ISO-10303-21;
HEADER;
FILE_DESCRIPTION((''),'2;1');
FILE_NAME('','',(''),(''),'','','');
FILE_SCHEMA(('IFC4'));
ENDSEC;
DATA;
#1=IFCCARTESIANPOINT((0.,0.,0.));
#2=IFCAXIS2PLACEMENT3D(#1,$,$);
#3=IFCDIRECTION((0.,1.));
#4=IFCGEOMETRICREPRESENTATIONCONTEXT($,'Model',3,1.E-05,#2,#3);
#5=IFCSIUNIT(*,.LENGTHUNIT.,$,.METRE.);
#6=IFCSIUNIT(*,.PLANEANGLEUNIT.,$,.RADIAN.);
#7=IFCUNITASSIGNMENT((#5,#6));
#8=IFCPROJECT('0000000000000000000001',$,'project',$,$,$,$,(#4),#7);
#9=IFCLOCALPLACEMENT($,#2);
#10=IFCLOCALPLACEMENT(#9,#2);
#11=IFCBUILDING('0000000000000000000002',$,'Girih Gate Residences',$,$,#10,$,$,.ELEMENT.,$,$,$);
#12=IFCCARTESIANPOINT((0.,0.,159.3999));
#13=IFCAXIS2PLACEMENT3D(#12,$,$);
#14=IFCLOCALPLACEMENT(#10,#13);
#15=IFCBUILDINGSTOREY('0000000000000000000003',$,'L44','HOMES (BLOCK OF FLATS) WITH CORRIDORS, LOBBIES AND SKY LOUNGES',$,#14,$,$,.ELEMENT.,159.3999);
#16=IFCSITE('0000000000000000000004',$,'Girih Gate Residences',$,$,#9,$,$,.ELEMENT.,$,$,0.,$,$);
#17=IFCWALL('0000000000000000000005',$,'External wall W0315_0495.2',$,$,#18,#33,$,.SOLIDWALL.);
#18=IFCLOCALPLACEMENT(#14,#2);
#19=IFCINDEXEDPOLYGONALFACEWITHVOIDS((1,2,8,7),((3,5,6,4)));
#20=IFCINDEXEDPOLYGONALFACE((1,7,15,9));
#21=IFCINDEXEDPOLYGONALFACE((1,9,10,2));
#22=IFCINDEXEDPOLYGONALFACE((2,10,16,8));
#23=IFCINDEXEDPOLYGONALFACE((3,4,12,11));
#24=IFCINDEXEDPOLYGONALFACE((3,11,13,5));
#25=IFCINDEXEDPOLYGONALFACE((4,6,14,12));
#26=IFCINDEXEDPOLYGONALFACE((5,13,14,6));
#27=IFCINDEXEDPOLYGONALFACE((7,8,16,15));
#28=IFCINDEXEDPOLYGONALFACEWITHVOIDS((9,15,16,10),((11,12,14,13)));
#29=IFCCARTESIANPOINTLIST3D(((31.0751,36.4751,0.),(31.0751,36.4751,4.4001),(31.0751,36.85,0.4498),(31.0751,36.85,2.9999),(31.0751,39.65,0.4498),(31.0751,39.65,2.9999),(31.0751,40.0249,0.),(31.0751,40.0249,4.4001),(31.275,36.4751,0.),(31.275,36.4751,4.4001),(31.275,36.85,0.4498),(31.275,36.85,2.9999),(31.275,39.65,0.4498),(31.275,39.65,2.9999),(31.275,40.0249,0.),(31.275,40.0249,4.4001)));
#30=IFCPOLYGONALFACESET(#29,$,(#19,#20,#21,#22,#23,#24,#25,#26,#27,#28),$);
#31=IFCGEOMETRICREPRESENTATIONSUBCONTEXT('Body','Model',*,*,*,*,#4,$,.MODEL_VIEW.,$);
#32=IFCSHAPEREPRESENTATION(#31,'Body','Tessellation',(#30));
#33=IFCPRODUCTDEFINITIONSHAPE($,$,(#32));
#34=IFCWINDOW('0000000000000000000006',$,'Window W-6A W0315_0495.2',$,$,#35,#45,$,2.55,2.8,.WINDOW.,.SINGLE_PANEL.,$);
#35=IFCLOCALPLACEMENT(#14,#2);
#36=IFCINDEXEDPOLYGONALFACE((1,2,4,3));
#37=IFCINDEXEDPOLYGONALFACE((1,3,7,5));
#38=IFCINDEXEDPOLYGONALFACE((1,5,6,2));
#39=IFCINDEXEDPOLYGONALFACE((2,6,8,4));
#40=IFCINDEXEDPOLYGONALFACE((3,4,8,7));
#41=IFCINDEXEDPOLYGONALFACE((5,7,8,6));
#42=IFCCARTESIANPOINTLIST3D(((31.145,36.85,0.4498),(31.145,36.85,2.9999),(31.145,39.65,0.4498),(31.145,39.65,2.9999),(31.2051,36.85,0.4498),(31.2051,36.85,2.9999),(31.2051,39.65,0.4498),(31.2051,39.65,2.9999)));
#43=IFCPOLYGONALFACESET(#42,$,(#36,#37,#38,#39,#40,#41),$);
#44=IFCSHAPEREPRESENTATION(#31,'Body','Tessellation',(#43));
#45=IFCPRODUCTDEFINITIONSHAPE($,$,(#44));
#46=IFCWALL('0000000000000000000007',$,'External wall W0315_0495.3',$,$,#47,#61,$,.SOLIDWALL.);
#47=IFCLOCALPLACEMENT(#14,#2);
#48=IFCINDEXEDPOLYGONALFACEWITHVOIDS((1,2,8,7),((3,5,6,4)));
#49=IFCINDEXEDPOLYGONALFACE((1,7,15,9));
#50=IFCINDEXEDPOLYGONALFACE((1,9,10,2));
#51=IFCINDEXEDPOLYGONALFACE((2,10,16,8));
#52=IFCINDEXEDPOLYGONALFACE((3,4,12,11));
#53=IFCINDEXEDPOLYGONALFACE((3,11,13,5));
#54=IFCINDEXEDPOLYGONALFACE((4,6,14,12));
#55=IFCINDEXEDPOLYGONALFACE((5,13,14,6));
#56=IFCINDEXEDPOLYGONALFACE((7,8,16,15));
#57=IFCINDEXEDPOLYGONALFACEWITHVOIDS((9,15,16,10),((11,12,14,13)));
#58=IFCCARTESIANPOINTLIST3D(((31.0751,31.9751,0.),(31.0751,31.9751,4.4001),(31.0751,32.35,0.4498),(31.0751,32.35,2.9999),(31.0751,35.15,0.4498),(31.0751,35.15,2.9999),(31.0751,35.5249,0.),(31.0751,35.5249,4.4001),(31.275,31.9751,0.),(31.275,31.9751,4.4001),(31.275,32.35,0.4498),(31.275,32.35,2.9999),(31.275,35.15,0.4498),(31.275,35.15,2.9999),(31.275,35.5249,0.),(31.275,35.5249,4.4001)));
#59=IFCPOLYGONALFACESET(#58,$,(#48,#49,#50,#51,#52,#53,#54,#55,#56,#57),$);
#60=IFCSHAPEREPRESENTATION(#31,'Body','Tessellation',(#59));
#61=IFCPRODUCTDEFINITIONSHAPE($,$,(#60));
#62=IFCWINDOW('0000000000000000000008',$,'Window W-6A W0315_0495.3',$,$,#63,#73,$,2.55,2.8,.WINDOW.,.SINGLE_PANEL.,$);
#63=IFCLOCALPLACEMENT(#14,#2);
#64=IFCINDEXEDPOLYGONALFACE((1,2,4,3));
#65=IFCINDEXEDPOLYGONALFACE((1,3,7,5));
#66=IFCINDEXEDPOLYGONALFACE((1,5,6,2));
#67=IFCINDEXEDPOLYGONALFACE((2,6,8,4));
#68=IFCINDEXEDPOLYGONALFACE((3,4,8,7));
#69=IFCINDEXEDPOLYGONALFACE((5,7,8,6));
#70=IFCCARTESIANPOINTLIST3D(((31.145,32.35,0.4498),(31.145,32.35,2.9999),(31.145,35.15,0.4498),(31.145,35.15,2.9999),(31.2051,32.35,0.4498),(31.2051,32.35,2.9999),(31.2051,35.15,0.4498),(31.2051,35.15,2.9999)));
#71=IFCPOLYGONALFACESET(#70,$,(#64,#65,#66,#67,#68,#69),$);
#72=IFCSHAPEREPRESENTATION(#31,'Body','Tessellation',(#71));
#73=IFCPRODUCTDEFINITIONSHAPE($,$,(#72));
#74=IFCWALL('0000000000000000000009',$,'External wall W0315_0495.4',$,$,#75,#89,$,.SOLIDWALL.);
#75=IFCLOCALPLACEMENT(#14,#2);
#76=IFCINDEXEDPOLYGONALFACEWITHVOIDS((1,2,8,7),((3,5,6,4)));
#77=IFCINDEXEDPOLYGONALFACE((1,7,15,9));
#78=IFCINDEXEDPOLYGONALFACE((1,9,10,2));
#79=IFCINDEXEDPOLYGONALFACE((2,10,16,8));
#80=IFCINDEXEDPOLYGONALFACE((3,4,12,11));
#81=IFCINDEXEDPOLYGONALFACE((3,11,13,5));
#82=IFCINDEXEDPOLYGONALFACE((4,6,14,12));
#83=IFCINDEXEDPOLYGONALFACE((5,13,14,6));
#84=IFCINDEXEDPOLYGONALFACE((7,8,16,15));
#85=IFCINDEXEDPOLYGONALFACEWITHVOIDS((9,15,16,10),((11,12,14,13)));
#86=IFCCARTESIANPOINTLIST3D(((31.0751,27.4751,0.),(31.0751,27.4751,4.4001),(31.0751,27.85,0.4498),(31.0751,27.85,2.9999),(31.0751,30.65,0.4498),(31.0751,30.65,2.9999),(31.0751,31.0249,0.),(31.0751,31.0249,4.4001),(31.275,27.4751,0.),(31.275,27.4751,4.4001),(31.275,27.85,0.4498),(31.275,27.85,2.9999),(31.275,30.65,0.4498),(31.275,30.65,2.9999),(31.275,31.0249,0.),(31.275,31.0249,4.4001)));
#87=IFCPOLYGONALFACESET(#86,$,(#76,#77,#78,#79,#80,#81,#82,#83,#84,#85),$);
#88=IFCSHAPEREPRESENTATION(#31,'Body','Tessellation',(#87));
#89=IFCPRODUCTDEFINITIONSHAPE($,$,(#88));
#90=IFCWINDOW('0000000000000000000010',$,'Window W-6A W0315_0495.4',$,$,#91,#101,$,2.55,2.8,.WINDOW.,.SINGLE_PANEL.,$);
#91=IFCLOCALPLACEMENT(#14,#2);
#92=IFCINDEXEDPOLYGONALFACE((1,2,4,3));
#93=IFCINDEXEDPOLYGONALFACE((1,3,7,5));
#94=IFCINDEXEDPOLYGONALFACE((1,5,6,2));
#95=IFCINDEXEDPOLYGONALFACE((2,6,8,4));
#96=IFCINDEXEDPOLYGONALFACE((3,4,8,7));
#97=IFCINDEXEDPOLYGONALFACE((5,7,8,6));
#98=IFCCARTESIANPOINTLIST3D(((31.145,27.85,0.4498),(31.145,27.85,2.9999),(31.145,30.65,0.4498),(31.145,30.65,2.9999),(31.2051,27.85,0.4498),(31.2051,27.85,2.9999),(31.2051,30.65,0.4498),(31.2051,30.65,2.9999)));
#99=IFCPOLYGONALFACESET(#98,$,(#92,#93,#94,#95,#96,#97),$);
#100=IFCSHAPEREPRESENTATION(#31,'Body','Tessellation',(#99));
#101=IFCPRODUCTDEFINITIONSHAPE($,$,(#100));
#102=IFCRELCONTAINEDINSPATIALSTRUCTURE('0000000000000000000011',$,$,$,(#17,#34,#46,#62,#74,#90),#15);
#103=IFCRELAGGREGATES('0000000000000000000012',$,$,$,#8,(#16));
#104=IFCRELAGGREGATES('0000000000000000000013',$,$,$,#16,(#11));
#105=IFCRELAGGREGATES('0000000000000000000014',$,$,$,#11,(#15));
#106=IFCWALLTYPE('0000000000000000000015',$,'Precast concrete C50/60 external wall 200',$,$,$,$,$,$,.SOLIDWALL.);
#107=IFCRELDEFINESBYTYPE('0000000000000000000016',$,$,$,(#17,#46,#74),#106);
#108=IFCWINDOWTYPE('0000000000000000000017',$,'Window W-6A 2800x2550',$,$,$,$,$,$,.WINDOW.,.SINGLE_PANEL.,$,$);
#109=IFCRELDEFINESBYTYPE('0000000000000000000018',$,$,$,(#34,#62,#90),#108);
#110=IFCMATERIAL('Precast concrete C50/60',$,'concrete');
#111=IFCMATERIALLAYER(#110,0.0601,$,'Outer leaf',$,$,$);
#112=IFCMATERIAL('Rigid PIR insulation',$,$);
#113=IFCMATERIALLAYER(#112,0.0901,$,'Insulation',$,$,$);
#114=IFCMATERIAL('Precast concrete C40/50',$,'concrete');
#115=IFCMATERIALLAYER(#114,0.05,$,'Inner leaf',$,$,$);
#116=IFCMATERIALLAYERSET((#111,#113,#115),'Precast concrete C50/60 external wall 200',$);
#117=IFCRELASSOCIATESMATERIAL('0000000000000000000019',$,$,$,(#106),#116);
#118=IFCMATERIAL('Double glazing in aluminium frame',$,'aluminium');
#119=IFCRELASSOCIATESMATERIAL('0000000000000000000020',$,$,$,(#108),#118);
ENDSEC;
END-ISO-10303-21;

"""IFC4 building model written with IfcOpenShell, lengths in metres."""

from ifc_helpers import new_model, si_unit, direction, frame, frame_2d, origin, place, context, subcontext, project, spatial, rectangle, extrude, material, layer, layer_set, type_object, element, fill, save


model = new_model("IFC4")

# Units and contexts
model_context = context("Model", 3, precision=1e-05, world=origin(), true_north=direction((0.0, 1.0)))
body_context = subcontext(model_context, "Body", "Model", "MODEL_VIEW")
ifc_project = project(units=[si_unit("LENGTHUNIT", "METRE"), si_unit("PLANEANGLEUNIT", "RADIAN")], contexts=[model_context])

# Site, building, storey
site_placement = place(None, origin())
site = spatial("IfcSite", under=ifc_project, at=site_placement, Name="Girih Gate Residences", CompositionType="ELEMENT", RefElevation=0.0)
building_placement = place(site_placement, origin())
building = spatial("IfcBuilding", under=site, at=building_placement, Name="Girih Gate Residences", CompositionType="ELEMENT")
storey_placement = place(building_placement, frame((0.0, 0.0, 159.3999)))
storey = spatial("IfcBuildingStorey", under=building, at=storey_placement, Name="L44", Description="HOMES (BLOCK OF FLATS) WITH CORRIDORS, LOBBIES AND SKY LOUNGES", CompositionType="ELEMENT", Elevation=159.3999)

# Walls, openings, windows
ifc_material_1 = material(Name="Precast concrete C50/60", Category="concrete")
ifc_layer_1 = layer(ifc_material_1, 0.0601, Name="Outer leaf")
ifc_material_2 = material(Name="Rigid PIR insulation")
ifc_layer_2 = layer(ifc_material_2, 0.0901, Name="Insulation")
ifc_material_3 = material(Name="Precast concrete C40/50", Category="concrete")
ifc_layer_3 = layer(ifc_material_3, 0.05, Name="Inner leaf")
ifc_layer_set_1 = layer_set([ifc_layer_1, ifc_layer_2, ifc_layer_3], Name="Precast concrete C50/60 external wall 200")
wall_type_1 = type_object("IfcWallType", Name="Precast concrete C50/60 external wall 200", PredefinedType="SOLIDWALL", material=ifc_layer_set_1)
ifc_material_4 = material(Name="Double glazing in aluminium frame", Category="aluminium")
window_type = type_object("IfcWindowType", Name="Window W-6A 2800x2550", PartitioningType="SINGLE_PANEL", PredefinedType="WINDOW", material=ifc_material_4)
wall_1_placement = place(storey_placement, frame((31.175, 36.4751, 0.0), z_axis=(0.0, 0.0, 1.0), x_axis=(0.0, 1.0, 0.0)))
wall_1 = element("IfcWall", 1, at=wall_1_placement, inside=storey, type_object=wall_type_1, Name="External wall W0315_0495.2", PredefinedType="SOLIDWALL", context=body_context, shape_type="SweptSolid", body=[
    extrude(rectangle(XDim=3.5498, YDim=0.2, at=frame_2d((1.7749, 0.0))), origin(), (0.0, 0.0, 1.0), 4.4001),
])
opening_1_placement = place(wall_1_placement, frame((0.375, 0.0, 0.45)))
opening_1 = element("IfcOpeningElement", 2, at=opening_1_placement, cuts=wall_1, PredefinedType="OPENING", context=body_context, shape_type="SweptSolid", body=[
    extrude(rectangle(XDim=2.8, YDim=2.55, at=frame_2d((1.3999, 1.2749))), frame((0.0, 0.1099, 0.0), z_axis=(0.0, -1.0, 0.0), x_axis=(1.0, 0.0, 0.0)), (0.0, 0.0, 1.0), 0.22),
])
window_1_placement = place(opening_1_placement, origin())
window_1 = element("IfcWindow", 3, at=window_1_placement, inside=storey, type_object=window_type, Name="Window W-6A W0315_0495.2", OverallHeight=2.55, OverallWidth=2.8, PartitioningType="SINGLE_PANEL", PredefinedType="WINDOW", context=body_context, shape_type="SweptSolid", body=[
    extrude(rectangle(XDim=2.8, YDim=2.55, at=frame_2d((1.3999, 1.2749))), frame((0.0, 0.03, 0.0), z_axis=(0.0, -1.0, 0.0), x_axis=(1.0, 0.0, 0.0)), (0.0, 0.0, 1.0), 0.0601),
])
fill(opening_1, window_1)
wall_2_placement = place(storey_placement, frame((31.175, 31.9751, 0.0), z_axis=(0.0, 0.0, 1.0), x_axis=(0.0, 1.0, 0.0)))
wall_2 = element("IfcWall", 4, at=wall_2_placement, inside=storey, type_object=wall_type_1, Name="External wall W0315_0495.3", PredefinedType="SOLIDWALL", context=body_context, shape_type="SweptSolid", body=[
    extrude(rectangle(XDim=3.5498, YDim=0.2, at=frame_2d((1.7749, 0.0))), origin(), (0.0, 0.0, 1.0), 4.4001),
])
opening_2_placement = place(wall_2_placement, frame((0.375, 0.0, 0.45)))
opening_2 = element("IfcOpeningElement", 5, at=opening_2_placement, cuts=wall_2, PredefinedType="OPENING", context=body_context, shape_type="SweptSolid", body=[
    extrude(rectangle(XDim=2.8, YDim=2.55, at=frame_2d((1.3999, 1.2749))), frame((0.0, 0.1099, 0.0), z_axis=(0.0, -1.0, 0.0), x_axis=(1.0, 0.0, 0.0)), (0.0, 0.0, 1.0), 0.22),
])
window_2_placement = place(opening_2_placement, origin())
window_2 = element("IfcWindow", 6, at=window_2_placement, inside=storey, type_object=window_type, Name="Window W-6A W0315_0495.3", OverallHeight=2.55, OverallWidth=2.8, PartitioningType="SINGLE_PANEL", PredefinedType="WINDOW", context=body_context, shape_type="SweptSolid", body=[
    extrude(rectangle(XDim=2.8, YDim=2.55, at=frame_2d((1.3999, 1.2749))), frame((0.0, 0.03, 0.0), z_axis=(0.0, -1.0, 0.0), x_axis=(1.0, 0.0, 0.0)), (0.0, 0.0, 1.0), 0.0601),
])
fill(opening_2, window_2)
wall_3_placement = place(storey_placement, frame((31.175, 27.4751, 0.0), z_axis=(0.0, 0.0, 1.0), x_axis=(0.0, 1.0, 0.0)))
wall_3 = element("IfcWall", 7, at=wall_3_placement, inside=storey, type_object=wall_type_1, Name="External wall W0315_0495.4", PredefinedType="SOLIDWALL", context=body_context, shape_type="SweptSolid", body=[
    extrude(rectangle(XDim=3.5498, YDim=0.2, at=frame_2d((1.7749, 0.0))), origin(), (0.0, 0.0, 1.0), 4.4001),
])
opening_3_placement = place(wall_3_placement, frame((0.375, 0.0, 0.45)))
opening_3 = element("IfcOpeningElement", 8, at=opening_3_placement, cuts=wall_3, PredefinedType="OPENING", context=body_context, shape_type="SweptSolid", body=[
    extrude(rectangle(XDim=2.8, YDim=2.55, at=frame_2d((1.3999, 1.2749))), frame((0.0, 0.1099, 0.0), z_axis=(0.0, -1.0, 0.0), x_axis=(1.0, 0.0, 0.0)), (0.0, 0.0, 1.0), 0.22),
])
window_3_placement = place(opening_3_placement, origin())
window_3 = element("IfcWindow", 9, at=window_3_placement, inside=storey, type_object=window_type, Name="Window W-6A W0315_0495.4", OverallHeight=2.55, OverallWidth=2.8, PartitioningType="SINGLE_PANEL", PredefinedType="WINDOW", context=body_context, shape_type="SweptSolid", body=[
    extrude(rectangle(XDim=2.8, YDim=2.55, at=frame_2d((1.3999, 1.2749))), frame((0.0, 0.03, 0.0), z_axis=(0.0, -1.0, 0.0), x_axis=(1.0, 0.0, 0.0)), (0.0, 0.0, 1.0), 0.0601),
])
fill(opening_3, window_3)

save(model, "model.ifc")
